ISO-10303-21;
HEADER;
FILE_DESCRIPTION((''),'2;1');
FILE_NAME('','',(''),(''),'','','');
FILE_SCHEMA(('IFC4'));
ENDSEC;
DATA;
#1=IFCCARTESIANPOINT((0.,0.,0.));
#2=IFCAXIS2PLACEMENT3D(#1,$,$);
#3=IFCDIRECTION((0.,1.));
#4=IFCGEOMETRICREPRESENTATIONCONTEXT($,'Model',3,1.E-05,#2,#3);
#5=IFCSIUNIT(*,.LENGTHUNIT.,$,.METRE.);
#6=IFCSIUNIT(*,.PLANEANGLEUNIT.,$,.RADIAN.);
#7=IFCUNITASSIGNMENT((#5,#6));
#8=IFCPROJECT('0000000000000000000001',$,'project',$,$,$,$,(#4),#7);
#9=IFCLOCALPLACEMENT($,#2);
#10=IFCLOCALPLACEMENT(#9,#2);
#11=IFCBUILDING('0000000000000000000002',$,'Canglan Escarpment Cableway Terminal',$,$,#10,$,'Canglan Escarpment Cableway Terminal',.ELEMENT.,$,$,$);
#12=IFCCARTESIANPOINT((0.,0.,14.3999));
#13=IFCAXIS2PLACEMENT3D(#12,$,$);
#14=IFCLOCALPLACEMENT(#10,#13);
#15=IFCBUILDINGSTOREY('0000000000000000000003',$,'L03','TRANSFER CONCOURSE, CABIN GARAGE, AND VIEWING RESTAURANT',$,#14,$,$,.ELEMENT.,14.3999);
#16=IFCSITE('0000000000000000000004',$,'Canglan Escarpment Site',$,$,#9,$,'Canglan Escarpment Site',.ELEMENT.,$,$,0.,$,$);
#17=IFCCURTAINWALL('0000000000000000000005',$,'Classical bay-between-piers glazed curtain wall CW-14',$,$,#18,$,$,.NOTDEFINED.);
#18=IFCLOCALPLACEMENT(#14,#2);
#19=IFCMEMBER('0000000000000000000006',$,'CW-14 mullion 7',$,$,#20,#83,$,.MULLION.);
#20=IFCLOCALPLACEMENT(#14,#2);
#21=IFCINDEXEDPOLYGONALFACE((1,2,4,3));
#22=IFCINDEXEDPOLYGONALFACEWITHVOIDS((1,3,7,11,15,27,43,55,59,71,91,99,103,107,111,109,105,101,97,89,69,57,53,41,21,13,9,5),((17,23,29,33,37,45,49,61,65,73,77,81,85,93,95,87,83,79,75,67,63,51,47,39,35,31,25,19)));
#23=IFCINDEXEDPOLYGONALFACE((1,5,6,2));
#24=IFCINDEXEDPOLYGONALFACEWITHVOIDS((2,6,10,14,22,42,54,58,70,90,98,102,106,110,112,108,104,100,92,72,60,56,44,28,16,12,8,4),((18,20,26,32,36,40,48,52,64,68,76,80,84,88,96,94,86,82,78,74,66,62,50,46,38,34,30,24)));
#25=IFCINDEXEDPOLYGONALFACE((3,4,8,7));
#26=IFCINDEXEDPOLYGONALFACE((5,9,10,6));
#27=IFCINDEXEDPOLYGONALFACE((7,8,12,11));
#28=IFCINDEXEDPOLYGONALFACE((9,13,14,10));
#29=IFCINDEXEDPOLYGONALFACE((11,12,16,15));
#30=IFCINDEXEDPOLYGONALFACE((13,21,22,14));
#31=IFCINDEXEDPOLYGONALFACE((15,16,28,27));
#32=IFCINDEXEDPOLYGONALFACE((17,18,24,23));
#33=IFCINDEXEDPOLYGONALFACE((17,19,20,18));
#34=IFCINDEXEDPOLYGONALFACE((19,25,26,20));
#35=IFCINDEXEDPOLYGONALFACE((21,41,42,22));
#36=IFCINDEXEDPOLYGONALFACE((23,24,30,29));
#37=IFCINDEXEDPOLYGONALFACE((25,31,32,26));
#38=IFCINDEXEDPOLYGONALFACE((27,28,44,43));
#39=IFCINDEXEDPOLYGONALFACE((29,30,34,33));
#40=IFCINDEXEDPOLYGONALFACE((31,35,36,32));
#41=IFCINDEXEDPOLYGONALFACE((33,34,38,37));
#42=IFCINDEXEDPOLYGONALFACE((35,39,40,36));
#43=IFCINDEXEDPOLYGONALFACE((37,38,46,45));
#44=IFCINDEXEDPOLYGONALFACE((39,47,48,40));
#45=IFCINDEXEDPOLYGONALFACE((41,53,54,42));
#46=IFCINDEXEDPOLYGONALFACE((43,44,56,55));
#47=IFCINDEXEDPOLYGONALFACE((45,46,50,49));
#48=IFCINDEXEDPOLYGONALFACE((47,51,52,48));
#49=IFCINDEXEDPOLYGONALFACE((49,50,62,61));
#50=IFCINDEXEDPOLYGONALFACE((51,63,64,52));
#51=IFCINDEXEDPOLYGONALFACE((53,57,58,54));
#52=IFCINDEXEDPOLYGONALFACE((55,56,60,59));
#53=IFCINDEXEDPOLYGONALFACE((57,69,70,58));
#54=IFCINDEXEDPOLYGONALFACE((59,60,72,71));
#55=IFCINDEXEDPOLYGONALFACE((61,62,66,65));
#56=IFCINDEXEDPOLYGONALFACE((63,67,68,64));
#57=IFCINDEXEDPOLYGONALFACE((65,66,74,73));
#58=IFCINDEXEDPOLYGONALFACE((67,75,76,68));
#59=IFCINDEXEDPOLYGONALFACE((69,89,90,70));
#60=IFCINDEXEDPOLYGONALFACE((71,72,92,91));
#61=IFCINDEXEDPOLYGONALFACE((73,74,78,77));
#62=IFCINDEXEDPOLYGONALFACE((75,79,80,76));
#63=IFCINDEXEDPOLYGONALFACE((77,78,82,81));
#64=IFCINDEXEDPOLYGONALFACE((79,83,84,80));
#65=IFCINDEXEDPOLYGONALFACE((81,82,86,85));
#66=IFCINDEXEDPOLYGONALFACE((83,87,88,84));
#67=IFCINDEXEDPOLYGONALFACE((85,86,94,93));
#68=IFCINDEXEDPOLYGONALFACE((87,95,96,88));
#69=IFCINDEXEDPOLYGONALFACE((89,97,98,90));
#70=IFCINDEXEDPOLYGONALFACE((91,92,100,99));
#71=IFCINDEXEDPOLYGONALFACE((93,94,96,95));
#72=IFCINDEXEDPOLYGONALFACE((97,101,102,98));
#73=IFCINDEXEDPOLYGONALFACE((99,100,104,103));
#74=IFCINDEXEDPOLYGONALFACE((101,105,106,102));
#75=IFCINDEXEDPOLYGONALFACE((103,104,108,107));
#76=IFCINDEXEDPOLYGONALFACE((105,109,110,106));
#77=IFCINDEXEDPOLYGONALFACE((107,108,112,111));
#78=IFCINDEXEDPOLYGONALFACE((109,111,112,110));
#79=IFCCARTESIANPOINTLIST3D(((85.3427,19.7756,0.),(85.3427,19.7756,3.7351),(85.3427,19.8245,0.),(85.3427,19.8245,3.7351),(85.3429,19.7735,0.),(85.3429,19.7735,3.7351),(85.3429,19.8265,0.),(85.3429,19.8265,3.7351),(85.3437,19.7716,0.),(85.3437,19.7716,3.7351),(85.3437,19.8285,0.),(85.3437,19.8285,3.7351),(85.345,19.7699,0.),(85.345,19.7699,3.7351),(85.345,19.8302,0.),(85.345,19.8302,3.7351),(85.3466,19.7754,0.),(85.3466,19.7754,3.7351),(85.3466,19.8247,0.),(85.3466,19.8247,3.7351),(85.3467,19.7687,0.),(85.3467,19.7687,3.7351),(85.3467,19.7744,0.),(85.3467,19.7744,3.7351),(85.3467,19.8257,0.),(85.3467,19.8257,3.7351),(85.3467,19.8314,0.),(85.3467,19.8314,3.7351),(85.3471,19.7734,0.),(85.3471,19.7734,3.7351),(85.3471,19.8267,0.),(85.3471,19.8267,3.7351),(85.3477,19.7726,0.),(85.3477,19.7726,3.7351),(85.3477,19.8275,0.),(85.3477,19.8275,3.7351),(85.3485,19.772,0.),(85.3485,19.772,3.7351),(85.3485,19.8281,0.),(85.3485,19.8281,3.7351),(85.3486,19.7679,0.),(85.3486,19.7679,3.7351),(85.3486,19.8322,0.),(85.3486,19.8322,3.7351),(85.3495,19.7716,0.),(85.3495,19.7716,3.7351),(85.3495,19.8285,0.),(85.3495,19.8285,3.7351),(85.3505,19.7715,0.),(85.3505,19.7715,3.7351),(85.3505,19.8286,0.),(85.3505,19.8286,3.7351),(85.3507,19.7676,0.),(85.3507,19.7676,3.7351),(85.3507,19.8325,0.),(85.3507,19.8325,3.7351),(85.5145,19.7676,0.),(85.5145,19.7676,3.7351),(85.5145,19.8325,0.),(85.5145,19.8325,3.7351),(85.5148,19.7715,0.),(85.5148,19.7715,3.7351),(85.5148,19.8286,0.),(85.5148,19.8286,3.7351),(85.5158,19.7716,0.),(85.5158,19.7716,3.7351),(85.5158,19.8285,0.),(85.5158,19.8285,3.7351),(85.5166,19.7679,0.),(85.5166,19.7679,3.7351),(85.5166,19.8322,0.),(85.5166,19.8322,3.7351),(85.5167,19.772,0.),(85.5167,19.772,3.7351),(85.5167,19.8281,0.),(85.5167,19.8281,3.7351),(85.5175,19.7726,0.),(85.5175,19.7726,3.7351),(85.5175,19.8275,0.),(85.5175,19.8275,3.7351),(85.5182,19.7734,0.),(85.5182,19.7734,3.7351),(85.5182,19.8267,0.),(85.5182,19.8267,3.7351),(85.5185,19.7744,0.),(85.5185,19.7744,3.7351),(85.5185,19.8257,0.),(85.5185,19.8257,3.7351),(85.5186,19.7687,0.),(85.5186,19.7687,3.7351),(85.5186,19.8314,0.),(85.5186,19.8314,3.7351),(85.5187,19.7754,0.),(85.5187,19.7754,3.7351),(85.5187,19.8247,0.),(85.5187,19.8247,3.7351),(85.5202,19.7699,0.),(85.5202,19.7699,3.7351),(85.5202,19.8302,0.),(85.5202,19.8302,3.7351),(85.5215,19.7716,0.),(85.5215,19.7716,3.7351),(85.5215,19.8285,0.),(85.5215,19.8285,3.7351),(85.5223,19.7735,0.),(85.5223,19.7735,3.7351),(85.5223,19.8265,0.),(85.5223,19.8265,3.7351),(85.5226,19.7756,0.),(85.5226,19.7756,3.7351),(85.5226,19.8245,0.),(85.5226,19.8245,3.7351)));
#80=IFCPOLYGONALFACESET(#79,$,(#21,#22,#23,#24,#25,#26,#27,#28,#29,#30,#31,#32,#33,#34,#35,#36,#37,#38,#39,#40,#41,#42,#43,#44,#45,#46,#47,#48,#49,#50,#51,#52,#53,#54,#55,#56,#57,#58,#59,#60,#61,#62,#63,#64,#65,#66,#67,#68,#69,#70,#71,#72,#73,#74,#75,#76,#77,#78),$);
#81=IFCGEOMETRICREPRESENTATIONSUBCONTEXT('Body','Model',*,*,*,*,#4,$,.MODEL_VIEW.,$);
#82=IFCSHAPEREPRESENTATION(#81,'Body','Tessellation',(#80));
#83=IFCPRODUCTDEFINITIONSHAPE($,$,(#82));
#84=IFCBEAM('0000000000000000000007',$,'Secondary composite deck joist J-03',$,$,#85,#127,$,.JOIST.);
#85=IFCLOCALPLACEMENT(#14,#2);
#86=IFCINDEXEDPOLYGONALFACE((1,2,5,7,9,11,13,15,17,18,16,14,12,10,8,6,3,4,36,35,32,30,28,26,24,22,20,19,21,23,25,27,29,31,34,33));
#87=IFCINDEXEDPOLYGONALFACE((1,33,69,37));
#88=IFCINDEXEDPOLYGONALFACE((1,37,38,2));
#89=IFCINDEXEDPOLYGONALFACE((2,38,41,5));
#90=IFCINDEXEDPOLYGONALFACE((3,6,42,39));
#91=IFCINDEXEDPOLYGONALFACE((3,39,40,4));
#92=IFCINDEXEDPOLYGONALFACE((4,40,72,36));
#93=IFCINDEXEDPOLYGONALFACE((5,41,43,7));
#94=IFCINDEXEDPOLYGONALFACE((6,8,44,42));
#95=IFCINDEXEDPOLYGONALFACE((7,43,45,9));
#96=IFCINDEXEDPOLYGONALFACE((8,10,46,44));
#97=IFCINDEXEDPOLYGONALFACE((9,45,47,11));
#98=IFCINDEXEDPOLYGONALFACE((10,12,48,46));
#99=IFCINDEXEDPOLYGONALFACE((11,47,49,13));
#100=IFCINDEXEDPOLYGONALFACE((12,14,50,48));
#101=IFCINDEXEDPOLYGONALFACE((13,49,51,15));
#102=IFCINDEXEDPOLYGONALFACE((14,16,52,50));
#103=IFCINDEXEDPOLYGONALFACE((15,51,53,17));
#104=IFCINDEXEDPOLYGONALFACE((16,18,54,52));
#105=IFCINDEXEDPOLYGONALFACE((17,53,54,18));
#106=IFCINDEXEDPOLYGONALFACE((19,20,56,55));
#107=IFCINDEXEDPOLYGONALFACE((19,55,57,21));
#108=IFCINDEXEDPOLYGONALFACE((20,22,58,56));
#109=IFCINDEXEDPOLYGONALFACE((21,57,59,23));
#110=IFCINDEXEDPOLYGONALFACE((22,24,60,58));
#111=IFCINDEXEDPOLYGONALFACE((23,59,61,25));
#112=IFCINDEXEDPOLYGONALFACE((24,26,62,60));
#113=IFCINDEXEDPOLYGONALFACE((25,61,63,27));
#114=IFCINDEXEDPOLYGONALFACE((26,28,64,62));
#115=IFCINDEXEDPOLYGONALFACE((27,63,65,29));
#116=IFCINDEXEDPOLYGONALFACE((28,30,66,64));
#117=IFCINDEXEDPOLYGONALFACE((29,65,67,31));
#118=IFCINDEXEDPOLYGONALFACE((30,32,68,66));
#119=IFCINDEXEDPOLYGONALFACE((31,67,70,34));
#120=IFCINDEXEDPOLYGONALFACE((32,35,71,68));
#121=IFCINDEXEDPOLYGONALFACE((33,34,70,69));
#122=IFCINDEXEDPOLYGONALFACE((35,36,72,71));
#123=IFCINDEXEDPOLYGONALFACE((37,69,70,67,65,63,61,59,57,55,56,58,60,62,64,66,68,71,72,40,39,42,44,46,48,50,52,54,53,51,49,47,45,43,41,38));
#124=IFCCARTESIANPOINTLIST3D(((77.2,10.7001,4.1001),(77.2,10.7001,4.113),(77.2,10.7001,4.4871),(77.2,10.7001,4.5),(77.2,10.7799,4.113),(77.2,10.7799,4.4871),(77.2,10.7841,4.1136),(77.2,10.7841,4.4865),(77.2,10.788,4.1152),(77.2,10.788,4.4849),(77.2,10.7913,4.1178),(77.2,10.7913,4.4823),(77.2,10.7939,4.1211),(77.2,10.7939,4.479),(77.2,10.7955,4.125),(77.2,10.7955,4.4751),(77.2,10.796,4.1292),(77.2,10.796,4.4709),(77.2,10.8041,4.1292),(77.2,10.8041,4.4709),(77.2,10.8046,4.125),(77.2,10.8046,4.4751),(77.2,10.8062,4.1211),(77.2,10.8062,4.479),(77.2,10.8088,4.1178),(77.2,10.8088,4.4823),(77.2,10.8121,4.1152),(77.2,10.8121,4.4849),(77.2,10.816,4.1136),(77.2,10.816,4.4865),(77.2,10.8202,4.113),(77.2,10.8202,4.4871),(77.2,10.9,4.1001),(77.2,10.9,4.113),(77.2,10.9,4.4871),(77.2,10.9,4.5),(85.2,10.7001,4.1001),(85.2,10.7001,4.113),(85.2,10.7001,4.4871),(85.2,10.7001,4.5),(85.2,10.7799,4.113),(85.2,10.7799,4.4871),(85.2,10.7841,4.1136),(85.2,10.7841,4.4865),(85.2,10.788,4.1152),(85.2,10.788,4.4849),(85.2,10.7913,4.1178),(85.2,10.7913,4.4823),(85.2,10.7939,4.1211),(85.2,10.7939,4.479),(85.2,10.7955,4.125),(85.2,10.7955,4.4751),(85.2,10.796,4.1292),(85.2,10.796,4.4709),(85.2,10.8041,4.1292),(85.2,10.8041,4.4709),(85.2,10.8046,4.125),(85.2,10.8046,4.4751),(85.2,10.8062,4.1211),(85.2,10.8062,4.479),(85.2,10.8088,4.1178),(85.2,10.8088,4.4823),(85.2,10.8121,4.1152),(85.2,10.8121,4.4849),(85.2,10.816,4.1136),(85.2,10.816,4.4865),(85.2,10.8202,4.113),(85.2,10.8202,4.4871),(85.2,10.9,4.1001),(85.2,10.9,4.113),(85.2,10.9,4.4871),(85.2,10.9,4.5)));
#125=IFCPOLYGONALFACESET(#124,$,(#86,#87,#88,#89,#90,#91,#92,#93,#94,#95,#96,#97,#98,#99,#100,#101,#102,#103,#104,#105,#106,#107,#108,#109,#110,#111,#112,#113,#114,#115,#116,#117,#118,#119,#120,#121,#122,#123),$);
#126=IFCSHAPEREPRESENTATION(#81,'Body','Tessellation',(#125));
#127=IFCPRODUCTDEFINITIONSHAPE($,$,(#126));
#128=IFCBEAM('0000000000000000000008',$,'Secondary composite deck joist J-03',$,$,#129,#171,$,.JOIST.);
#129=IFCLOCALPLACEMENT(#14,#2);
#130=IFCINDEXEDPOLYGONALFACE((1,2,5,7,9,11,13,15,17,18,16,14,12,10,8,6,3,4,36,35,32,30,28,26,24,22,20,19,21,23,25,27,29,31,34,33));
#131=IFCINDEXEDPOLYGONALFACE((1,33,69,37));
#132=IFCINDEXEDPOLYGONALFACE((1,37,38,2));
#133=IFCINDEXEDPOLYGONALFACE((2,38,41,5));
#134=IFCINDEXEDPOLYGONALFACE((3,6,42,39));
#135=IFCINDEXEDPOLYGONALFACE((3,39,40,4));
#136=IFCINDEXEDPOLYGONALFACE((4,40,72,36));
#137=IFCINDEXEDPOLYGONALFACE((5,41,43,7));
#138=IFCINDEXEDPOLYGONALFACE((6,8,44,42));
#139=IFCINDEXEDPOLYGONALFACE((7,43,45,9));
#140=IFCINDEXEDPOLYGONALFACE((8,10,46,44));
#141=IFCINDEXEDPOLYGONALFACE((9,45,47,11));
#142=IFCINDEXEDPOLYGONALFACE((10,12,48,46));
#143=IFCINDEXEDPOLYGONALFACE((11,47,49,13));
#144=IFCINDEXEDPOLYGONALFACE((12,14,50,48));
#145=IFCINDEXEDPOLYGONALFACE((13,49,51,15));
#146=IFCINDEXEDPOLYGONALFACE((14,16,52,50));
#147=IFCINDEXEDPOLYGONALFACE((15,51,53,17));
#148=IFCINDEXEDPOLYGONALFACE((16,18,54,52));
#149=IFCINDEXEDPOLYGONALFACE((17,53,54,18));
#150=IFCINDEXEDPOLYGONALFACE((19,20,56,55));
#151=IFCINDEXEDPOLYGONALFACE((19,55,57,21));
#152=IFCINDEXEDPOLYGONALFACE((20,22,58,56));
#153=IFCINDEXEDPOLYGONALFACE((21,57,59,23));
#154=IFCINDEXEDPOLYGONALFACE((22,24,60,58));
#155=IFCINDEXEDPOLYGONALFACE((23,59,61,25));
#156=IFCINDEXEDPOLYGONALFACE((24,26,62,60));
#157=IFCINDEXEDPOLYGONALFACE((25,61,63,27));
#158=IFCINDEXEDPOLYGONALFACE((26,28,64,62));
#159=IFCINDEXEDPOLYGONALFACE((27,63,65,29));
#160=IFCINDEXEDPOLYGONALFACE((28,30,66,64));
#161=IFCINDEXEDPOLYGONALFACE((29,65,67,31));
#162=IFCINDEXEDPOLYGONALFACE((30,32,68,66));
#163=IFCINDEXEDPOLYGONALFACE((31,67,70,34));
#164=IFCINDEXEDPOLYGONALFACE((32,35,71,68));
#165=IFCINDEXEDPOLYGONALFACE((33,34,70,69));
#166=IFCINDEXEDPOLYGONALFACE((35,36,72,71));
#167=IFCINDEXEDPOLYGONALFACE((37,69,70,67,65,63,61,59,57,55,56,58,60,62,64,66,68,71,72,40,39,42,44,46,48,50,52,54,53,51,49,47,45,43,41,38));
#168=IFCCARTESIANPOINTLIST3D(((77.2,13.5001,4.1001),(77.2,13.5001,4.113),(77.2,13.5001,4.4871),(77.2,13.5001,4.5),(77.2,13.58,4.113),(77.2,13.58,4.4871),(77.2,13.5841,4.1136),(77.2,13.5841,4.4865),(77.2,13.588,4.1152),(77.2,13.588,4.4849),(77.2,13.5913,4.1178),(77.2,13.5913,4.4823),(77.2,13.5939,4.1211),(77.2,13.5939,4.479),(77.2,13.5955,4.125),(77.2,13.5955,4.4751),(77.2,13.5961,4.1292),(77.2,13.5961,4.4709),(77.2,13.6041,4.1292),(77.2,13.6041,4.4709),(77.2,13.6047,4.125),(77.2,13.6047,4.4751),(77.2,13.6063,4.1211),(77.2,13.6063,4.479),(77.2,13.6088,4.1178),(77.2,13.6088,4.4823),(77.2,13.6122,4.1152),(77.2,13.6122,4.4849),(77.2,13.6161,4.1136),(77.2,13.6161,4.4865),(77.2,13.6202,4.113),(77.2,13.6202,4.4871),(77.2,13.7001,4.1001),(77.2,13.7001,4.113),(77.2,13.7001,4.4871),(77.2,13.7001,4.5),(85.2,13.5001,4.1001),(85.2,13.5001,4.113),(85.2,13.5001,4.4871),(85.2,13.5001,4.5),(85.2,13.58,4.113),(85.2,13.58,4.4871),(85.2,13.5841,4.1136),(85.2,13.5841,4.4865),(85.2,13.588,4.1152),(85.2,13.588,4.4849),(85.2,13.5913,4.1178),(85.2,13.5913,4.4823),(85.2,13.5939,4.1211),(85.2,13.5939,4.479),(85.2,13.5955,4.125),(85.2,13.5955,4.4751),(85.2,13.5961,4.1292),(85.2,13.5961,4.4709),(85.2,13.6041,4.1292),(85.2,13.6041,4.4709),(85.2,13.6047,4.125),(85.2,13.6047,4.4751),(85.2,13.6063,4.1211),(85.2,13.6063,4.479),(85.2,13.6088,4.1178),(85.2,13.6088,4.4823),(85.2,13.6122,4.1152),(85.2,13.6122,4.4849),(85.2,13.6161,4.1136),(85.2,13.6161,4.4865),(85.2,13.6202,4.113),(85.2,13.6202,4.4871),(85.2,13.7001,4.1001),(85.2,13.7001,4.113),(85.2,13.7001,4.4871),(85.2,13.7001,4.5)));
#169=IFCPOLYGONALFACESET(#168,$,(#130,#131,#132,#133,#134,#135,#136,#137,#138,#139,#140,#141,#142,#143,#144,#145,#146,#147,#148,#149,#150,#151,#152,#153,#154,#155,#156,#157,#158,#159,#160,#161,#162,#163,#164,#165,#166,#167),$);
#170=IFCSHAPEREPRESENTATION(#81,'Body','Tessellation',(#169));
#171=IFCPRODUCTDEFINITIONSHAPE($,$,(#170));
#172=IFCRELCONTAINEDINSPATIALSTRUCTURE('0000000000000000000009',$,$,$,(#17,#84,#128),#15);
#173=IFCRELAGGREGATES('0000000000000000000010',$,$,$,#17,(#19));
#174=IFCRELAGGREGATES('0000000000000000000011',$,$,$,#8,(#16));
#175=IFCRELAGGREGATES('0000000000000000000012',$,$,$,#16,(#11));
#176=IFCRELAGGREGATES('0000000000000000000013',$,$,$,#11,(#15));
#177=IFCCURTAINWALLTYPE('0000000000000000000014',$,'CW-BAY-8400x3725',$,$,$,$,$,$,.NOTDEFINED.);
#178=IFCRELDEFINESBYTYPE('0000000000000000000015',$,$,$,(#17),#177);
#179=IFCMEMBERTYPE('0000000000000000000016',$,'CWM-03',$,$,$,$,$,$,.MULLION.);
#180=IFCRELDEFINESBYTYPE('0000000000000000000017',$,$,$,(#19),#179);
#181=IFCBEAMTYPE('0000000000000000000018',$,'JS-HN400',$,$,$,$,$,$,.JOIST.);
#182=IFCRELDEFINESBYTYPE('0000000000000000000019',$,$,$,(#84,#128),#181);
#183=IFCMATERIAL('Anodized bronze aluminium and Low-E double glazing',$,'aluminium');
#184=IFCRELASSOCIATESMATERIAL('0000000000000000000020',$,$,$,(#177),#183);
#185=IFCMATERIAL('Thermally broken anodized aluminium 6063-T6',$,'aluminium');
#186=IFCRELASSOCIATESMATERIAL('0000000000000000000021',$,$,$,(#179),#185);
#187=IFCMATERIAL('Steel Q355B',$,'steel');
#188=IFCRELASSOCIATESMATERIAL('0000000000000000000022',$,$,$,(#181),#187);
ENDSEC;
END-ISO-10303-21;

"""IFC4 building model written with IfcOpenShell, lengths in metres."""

from ifc_helpers import new_model, si_unit, direction, frame, origin, origin_2d, place, context, subcontext, project, spatial, hollow_rectangle, i_section, extrude, material, material_profile, profile_set, type_object, element, aggregate, save


model = new_model("IFC4")

# Units and contexts
model_context = context("Model", 3, precision=1e-05, world=origin(), true_north=direction((0.0, 1.0)))
body_context = subcontext(model_context, "Body", "Model", "MODEL_VIEW")
ifc_project = project(units=[si_unit("LENGTHUNIT", "METRE"), si_unit("PLANEANGLEUNIT", "RADIAN")], contexts=[model_context])

# Site, building, storey
site_placement = place(None, origin())
site = spatial("IfcSite", under=ifc_project, at=site_placement, Name="Canglan Escarpment Site", LongName="Canglan Escarpment Site", CompositionType="ELEMENT", RefElevation=0.0)
building_placement = place(site_placement, origin())
building = spatial("IfcBuilding", under=site, at=building_placement, Name="Canglan Escarpment Cableway Terminal", LongName="Canglan Escarpment Cableway Terminal", CompositionType="ELEMENT")
storey_placement = place(building_placement, frame((0.0, 0.0, 14.3999)))
storey = spatial("IfcBuildingStorey", under=building, at=storey_placement, Name="L03", Description="TRANSFER CONCOURSE, CABIN GARAGE, AND VIEWING RESTAURANT", CompositionType="ELEMENT", Elevation=14.3999)

# Curtain wall, member
ifc_material_1 = material(Name="Anodized bronze aluminium and Low-E double glazing", Category="aluminium")
curtain_wall_type = type_object("IfcCurtainWallType", Name="CW-BAY-8400x3725", PredefinedType="NOTDEFINED", material=ifc_material_1)
curtain_wall_placement = place(storey_placement, origin())
curtain_wall = element("IfcCurtainWall", 1, at=curtain_wall_placement, inside=storey, type_object=curtain_wall_type, Name="Classical bay-between-piers glazed curtain wall CW-14", PredefinedType="NOTDEFINED")
ifc_material_2 = material(Name="Thermally broken anodized aluminium 6063-T6", Category="aluminium")
ifc_material_profile_1 = material_profile(ifc_material_2, hollow_rectangle(XDim=0.0649, YDim=0.1799, WallThickness=0.0039, InnerFilletRadius=0.0039, OuterFilletRadius=0.0081, at=origin_2d()), Name="ALU-MULL 65x180x4")
ifc_profile_set_1 = profile_set([ifc_material_profile_1], Name="Thermally broken anodized aluminium 6063-T6")
member_type = type_object("IfcMemberType", Name="CWM-03", PredefinedType="MULLION", material=ifc_profile_set_1)
member_placement = place(storey_placement, frame((85.4326, 19.8, 0.0), z_axis=(0.0, 0.0, 1.0), x_axis=(0.0, -1.0, 0.0)))
member = element("IfcMember", 2, at=member_placement, type_object=member_type, Name="CW-14 mullion 7", PredefinedType="MULLION", context=body_context, shape_type="SweptSolid", body=[
    extrude(hollow_rectangle(XDim=0.0649, YDim=0.1799, WallThickness=0.0039, InnerFilletRadius=0.0039, OuterFilletRadius=0.0081, at=origin_2d()), origin(), (0.0, 0.0, 1.0), 3.7351),
])
aggregate(curtain_wall, [member])

# Beams
ifc_material_3 = material(Name="Steel Q355B", Category="steel")
ifc_material_profile_2 = material_profile(ifc_material_3, i_section(OverallWidth=0.2, OverallDepth=0.3999, WebThickness=0.0081, FlangeThickness=0.0129, FilletRadius=0.0161, at=origin_2d()), Name="HN 400x200x8x13")
ifc_profile_set_2 = profile_set([ifc_material_profile_2], Name="Steel Q355B")
beam_type_1 = type_object("IfcBeamType", Name="JS-HN400", PredefinedType="JOIST", material=ifc_profile_set_2)
for number, where, z_axis, x_axis, name in (
    (3, (77.2, 10.8, 4.3), (1.0, 0.0, 0.0), (0.0, 1.0, 0.0), "Secondary composite deck joist J-03"),
    (4, (77.2, 13.6001, 4.3), (1.0, 0.0, 0.0), (0.0, 1.0, 0.0), "Secondary composite deck joist J-03"),
):
    element("IfcBeam", number, at=place(storey_placement, frame(where, z_axis=z_axis, x_axis=x_axis)), inside=storey, type_object=beam_type_1, Name=name, PredefinedType="JOIST", context=body_context, shape_type="SweptSolid", body=[
        extrude(i_section(OverallWidth=0.2, OverallDepth=0.3999, WebThickness=0.0081, FlangeThickness=0.0129, FilletRadius=0.0161, at=origin_2d()), origin(), (0.0, 0.0, 1.0), 8.0),
    ])

save(model, "model.ifc")
